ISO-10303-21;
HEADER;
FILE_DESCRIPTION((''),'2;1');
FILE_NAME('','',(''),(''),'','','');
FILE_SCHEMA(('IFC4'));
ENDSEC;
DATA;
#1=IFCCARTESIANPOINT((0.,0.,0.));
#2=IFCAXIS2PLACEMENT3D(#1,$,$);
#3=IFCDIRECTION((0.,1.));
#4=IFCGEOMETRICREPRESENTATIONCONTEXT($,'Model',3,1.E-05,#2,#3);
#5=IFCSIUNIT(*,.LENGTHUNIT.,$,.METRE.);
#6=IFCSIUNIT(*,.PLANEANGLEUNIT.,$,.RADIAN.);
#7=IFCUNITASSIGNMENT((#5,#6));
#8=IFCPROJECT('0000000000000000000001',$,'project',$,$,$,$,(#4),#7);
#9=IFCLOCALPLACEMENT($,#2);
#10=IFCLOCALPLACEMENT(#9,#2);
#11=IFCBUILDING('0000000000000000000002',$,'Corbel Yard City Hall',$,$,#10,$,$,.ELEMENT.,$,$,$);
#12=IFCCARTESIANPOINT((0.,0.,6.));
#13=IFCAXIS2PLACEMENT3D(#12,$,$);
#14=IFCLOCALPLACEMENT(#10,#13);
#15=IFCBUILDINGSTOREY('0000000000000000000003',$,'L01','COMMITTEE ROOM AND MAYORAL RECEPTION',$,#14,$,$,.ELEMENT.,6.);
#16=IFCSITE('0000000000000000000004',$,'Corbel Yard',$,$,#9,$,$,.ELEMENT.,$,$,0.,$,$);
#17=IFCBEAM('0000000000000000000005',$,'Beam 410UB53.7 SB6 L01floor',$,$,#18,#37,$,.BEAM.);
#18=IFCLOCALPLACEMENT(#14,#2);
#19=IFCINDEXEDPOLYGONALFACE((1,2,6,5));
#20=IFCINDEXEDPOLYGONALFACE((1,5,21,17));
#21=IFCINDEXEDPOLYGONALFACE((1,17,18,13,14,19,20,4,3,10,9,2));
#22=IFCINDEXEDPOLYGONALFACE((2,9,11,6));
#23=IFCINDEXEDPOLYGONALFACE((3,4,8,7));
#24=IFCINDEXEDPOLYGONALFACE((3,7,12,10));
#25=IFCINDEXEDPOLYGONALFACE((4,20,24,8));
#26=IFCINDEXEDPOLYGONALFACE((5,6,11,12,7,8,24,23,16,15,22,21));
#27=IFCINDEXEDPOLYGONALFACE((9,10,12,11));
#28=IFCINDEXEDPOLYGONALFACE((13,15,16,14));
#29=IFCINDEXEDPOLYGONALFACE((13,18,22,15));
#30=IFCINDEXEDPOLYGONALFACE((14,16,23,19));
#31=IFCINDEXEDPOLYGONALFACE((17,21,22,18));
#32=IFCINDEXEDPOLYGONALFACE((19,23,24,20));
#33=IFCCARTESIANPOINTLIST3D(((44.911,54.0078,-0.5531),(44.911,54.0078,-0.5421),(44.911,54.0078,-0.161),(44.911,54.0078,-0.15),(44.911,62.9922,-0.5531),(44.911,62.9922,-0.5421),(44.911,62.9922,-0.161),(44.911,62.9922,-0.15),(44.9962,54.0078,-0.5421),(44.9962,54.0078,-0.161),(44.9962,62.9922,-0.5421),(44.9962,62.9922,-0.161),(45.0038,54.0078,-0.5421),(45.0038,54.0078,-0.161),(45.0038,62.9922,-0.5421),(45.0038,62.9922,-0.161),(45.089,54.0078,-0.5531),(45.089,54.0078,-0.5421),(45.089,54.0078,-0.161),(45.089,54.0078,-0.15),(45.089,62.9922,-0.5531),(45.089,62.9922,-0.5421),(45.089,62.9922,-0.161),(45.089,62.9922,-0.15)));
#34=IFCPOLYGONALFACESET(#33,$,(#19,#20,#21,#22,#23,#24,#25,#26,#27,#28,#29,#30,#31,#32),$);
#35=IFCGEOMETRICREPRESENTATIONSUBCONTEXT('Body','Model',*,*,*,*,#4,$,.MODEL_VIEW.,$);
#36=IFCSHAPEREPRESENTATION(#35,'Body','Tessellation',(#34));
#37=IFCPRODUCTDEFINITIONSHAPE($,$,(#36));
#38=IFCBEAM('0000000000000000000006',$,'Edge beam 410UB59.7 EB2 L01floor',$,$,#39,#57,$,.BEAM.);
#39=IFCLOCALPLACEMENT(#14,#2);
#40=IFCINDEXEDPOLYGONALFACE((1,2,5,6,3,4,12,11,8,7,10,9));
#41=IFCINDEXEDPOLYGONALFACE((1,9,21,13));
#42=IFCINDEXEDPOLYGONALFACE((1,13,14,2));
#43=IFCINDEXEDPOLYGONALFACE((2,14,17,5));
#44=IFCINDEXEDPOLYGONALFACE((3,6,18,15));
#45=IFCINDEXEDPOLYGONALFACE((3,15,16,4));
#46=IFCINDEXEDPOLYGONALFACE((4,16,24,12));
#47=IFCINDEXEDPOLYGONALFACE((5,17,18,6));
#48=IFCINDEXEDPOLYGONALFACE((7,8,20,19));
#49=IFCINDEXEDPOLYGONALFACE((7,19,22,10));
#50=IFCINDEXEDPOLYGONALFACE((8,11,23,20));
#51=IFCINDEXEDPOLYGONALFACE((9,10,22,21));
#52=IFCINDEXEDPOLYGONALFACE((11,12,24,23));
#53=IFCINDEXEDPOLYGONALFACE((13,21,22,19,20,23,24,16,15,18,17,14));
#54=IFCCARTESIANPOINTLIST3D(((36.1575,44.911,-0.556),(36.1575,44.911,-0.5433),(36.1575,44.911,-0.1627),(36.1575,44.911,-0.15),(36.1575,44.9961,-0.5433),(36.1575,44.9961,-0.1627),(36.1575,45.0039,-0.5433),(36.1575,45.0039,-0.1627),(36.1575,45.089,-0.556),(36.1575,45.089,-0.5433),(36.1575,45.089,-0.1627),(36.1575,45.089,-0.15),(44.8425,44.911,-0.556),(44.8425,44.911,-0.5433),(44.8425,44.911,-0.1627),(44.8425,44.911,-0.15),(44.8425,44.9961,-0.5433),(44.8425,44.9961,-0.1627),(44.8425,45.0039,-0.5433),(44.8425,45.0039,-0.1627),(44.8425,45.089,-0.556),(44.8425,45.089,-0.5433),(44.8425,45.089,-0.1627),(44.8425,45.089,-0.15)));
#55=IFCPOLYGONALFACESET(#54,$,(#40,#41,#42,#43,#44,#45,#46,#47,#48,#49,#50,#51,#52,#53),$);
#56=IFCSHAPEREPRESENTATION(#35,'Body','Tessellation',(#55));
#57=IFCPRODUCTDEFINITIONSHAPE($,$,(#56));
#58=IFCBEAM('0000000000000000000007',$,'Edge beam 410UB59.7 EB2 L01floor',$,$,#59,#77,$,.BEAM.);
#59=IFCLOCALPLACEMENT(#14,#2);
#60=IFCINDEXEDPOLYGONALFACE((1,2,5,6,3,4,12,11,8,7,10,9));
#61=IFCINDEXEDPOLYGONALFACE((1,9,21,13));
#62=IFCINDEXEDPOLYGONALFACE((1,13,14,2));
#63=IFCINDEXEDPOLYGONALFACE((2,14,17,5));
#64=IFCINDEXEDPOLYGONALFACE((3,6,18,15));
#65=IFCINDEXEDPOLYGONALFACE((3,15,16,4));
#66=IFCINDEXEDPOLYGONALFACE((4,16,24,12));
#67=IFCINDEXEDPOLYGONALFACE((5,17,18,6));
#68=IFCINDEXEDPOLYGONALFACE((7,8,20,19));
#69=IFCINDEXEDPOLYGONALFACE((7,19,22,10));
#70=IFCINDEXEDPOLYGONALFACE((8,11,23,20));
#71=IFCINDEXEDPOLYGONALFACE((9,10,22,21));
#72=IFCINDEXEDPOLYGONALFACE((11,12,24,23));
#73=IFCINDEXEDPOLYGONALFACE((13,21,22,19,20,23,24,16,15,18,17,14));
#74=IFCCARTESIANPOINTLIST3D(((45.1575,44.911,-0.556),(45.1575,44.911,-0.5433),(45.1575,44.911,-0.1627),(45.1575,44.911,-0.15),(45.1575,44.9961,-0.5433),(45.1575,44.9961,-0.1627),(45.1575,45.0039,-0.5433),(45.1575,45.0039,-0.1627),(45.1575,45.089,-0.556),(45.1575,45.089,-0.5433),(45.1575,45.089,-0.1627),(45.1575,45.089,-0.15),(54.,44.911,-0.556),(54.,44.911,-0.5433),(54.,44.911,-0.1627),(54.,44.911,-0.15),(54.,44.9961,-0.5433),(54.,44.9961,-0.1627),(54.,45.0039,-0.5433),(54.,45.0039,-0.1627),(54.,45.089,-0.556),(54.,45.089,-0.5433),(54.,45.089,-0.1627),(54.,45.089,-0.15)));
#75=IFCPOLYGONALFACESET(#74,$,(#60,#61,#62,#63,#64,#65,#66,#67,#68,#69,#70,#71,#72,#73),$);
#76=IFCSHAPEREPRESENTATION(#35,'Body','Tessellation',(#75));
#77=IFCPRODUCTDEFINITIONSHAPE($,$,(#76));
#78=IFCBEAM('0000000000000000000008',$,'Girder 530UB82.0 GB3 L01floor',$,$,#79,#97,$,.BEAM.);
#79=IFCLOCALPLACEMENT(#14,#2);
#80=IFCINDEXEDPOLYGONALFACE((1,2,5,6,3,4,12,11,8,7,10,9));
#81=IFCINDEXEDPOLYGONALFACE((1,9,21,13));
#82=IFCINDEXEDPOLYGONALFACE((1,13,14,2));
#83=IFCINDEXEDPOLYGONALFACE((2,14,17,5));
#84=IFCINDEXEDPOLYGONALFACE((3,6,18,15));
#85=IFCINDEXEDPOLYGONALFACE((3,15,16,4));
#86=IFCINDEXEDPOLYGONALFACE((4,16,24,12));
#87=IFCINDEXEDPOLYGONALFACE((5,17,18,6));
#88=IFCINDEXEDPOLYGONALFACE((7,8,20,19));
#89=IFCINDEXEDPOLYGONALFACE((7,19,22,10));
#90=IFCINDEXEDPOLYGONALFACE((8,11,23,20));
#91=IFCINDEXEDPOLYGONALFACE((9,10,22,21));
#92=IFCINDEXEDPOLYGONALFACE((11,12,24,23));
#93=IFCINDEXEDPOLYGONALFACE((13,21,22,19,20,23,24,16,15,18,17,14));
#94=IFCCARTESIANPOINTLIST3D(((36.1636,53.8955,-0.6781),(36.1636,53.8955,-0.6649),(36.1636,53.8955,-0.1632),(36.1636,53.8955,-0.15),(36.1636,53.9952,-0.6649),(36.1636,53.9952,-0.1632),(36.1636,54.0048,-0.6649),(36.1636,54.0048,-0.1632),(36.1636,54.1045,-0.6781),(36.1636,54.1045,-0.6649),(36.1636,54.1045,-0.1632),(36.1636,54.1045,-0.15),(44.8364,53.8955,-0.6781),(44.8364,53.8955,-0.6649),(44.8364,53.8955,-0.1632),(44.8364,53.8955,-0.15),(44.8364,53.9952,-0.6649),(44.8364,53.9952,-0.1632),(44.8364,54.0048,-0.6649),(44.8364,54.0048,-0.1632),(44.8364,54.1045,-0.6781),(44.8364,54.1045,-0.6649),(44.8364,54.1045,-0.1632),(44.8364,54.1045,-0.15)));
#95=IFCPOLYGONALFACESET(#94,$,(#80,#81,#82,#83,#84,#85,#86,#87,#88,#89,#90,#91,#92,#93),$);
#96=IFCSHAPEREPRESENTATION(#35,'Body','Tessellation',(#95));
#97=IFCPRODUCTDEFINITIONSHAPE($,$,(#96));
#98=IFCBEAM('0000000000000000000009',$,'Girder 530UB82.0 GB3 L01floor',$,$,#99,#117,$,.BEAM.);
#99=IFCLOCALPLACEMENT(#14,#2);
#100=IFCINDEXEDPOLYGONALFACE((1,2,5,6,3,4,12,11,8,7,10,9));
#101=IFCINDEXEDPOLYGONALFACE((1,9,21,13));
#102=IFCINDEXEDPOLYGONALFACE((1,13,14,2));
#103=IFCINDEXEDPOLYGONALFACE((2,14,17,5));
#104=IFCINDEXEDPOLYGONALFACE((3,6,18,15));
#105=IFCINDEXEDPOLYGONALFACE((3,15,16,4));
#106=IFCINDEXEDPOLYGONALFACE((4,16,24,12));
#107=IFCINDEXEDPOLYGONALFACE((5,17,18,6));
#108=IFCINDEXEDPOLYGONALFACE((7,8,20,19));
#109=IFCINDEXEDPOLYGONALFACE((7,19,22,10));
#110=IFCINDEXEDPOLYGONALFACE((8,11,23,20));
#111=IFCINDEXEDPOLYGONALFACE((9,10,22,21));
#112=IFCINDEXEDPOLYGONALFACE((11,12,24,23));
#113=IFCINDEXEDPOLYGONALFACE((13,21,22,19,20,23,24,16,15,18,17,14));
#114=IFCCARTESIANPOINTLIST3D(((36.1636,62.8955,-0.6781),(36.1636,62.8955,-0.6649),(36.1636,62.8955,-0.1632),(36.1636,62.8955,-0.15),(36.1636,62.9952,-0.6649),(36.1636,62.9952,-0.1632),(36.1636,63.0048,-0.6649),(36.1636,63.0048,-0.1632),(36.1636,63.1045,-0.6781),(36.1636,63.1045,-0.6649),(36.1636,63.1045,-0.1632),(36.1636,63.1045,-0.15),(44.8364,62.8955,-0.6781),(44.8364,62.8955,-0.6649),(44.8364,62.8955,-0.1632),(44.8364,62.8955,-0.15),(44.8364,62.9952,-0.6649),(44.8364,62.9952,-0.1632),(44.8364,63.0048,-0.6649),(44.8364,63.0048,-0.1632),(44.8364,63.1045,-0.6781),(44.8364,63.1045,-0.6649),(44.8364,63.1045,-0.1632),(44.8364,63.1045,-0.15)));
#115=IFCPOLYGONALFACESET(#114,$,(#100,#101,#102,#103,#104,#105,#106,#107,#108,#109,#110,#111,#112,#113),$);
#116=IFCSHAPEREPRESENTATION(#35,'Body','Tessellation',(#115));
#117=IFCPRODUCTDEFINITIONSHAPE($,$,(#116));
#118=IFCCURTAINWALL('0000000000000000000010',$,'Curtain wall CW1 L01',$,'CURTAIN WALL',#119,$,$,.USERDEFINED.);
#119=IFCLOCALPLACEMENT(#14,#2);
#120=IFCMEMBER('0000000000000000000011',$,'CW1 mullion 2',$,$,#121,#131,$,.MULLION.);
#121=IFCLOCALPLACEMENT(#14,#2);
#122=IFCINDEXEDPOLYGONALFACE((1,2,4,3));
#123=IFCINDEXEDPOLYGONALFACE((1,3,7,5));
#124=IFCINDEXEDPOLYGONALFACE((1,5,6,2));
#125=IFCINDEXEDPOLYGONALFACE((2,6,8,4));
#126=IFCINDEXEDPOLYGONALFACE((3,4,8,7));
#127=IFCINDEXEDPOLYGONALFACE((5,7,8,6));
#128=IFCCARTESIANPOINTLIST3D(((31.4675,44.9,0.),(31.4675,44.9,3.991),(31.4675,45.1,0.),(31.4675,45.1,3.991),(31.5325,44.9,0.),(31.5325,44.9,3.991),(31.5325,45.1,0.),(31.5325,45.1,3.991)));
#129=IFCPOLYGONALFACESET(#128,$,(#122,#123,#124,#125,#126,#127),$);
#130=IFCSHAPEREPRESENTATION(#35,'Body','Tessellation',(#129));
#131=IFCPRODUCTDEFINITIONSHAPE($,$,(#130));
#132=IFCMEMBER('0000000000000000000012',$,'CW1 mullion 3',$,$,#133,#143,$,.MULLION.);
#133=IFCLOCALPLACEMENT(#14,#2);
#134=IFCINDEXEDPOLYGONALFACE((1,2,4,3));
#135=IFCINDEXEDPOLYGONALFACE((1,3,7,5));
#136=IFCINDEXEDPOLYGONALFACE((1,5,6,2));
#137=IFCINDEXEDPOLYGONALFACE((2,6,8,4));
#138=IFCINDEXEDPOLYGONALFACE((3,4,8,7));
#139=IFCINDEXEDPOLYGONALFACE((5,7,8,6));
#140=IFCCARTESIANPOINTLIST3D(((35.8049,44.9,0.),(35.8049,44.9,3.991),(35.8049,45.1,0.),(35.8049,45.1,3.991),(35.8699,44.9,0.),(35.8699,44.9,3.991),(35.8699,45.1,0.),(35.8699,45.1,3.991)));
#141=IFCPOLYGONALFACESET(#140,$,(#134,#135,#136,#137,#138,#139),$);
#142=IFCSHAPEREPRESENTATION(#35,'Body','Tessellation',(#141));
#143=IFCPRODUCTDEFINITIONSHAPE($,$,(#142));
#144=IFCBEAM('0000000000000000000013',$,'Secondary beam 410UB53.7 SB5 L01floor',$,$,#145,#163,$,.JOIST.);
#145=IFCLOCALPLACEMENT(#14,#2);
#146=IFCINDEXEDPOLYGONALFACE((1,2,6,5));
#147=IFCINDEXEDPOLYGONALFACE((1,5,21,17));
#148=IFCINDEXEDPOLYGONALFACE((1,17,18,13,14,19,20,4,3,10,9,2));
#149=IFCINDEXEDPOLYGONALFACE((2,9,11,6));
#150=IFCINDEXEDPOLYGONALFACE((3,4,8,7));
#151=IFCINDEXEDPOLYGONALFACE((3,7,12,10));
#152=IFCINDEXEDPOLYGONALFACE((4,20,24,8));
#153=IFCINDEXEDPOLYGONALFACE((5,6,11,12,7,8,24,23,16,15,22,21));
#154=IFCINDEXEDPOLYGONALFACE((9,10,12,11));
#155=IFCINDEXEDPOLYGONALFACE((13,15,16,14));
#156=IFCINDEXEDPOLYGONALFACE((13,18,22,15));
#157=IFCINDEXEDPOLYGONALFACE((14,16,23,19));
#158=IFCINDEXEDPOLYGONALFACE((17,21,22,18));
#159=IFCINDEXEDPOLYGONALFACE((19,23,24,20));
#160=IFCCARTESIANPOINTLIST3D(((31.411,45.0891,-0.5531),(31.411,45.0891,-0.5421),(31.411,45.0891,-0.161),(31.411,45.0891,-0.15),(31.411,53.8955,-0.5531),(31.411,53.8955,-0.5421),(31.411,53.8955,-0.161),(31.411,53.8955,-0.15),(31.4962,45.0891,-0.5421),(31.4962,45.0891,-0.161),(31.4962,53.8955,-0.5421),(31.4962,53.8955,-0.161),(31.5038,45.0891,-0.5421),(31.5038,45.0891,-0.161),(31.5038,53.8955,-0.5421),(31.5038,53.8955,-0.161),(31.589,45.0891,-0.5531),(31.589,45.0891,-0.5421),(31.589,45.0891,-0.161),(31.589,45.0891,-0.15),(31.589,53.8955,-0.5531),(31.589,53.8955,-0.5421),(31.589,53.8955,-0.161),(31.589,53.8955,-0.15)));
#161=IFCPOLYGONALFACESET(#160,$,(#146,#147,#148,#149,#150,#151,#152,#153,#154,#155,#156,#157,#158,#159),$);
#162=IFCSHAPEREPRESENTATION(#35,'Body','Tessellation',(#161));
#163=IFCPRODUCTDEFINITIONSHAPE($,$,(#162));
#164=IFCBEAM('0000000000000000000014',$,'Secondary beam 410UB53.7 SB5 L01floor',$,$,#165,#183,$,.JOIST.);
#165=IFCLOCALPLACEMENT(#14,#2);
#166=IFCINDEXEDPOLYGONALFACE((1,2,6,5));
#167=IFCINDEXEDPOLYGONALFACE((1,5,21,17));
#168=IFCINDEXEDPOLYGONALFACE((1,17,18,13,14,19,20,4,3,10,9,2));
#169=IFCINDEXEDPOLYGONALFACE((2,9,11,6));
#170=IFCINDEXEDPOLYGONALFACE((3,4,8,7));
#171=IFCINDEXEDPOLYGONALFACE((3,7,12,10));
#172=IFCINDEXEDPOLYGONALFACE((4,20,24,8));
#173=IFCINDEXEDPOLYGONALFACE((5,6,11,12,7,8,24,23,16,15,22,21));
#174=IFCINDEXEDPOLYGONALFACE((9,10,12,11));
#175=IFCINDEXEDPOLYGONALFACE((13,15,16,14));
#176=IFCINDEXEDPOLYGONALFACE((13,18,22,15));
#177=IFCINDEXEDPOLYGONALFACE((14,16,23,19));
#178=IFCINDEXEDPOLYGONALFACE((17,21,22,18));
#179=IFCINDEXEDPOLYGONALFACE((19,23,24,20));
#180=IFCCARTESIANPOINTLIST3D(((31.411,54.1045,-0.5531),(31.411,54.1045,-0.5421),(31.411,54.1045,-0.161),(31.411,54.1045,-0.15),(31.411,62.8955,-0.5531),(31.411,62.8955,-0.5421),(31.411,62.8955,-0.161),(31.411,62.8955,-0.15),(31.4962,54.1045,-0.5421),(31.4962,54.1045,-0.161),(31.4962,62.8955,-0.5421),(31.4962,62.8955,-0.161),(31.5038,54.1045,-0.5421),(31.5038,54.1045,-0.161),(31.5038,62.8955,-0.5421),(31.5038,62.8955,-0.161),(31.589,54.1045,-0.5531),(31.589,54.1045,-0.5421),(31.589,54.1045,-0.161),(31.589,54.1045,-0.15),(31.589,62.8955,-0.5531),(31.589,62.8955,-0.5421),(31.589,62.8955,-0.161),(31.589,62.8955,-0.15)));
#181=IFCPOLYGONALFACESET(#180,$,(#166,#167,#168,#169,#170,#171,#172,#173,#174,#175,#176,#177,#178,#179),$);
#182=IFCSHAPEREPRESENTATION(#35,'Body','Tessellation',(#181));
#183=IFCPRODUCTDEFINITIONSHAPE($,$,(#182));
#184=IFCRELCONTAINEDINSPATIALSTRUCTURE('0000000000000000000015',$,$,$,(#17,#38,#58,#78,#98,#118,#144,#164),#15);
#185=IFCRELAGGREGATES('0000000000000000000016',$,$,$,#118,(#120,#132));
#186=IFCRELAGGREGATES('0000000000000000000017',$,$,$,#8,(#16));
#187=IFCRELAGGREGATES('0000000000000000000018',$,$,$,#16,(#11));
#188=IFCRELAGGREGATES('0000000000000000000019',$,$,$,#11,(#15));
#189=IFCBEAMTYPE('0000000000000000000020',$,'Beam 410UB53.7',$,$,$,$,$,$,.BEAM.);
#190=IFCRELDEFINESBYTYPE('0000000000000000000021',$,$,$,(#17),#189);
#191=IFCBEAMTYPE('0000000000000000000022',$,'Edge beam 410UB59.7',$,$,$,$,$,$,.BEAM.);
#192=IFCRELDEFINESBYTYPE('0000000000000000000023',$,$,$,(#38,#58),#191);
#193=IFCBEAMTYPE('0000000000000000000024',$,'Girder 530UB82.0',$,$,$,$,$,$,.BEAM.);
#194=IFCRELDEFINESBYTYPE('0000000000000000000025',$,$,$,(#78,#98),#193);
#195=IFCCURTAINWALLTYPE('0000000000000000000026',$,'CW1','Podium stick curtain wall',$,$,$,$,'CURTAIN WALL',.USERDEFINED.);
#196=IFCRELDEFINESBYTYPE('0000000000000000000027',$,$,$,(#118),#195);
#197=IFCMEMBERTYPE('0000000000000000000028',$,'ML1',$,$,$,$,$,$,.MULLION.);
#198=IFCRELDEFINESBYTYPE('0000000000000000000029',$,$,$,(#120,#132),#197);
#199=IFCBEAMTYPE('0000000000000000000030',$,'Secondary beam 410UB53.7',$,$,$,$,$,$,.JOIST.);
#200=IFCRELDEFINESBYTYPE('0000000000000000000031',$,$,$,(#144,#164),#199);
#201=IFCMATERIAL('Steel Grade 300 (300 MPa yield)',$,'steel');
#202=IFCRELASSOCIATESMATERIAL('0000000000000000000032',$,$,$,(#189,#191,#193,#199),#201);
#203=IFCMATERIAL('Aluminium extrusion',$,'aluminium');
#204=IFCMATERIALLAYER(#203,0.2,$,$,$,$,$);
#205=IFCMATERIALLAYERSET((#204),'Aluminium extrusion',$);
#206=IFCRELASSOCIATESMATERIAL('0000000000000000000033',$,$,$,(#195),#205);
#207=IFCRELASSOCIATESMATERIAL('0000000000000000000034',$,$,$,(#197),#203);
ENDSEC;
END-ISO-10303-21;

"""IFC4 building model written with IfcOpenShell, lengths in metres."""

from ifc_helpers import new_model, si_unit, direction, frame, origin, origin_2d, place, context, subcontext, project, spatial, rectangle, i_section, extrude, material, layer, layer_set, material_profile, profile_set, type_object, element, aggregate, save


model = new_model("IFC4")

# Units and contexts
model_context = context("Model", 3, precision=1e-05, world=origin(), true_north=direction((0.0, 1.0)))
body_context = subcontext(model_context, "Body", "Model", "MODEL_VIEW")
ifc_project = project(units=[si_unit("LENGTHUNIT", "METRE"), si_unit("PLANEANGLEUNIT", "RADIAN")], contexts=[model_context])

# Site, building, storey
site_placement = place(None, origin())
site = spatial("IfcSite", under=ifc_project, at=site_placement, Name="Corbel Yard", CompositionType="ELEMENT", RefElevation=0.0)
building_placement = place(site_placement, origin())
building = spatial("IfcBuilding", under=site, at=building_placement, Name="Corbel Yard City Hall", CompositionType="ELEMENT")
storey_placement = place(building_placement, frame((0.0, 0.0, 6.0)))
storey = spatial("IfcBuildingStorey", under=building, at=storey_placement, Name="L01", Description="COMMITTEE ROOM AND MAYORAL RECEPTION", CompositionType="ELEMENT", Elevation=6.0)

# Shared definitions
ifc_material_1 = material(Name="Steel Grade 300 (300 MPa yield)", Category="steel")

# Beams
ifc_material_profile_1 = material_profile(ifc_material_1, i_section(OverallWidth=0.178, OverallDepth=0.4031, WebThickness=0.0076, FlangeThickness=0.011, at=origin_2d()), Name="410UB53.7")
ifc_profile_set_1 = profile_set([ifc_material_profile_1], Name="Steel Grade 300 (300 MPa yield)")
beam_type_1 = type_object("IfcBeamType", Name="Beam 410UB53.7", PredefinedType="BEAM", material=ifc_profile_set_1)
beam_1_placement = place(storey_placement, frame((45.0, 54.0078, -0.3516), z_axis=(0.0, 1.0, 0.0), x_axis=(-1.0, 0.0, 0.0)))
element("IfcBeam", 1, at=beam_1_placement, inside=storey, type_object=beam_type_1, Name="Beam 410UB53.7 SB6 L01floor", PredefinedType="BEAM", context=body_context, shape_type="SweptSolid", body=[
    extrude(i_section(OverallWidth=0.178, OverallDepth=0.4031, WebThickness=0.0076, FlangeThickness=0.011, at=origin_2d()), origin(), (0.0, 0.0, 1.0), 8.9844),
])
ifc_material_profile_2 = material_profile(ifc_material_1, i_section(OverallWidth=0.178, OverallDepth=0.406, WebThickness=0.0078, FlangeThickness=0.0127, at=origin_2d()), Name="410UB59.7")
ifc_profile_set_2 = profile_set([ifc_material_profile_2], Name="Steel Grade 300 (300 MPa yield)")
beam_type_2 = type_object("IfcBeamType", Name="Edge beam 410UB59.7", PredefinedType="BEAM", material=ifc_profile_set_2)
beam_2_placement = place(storey_placement, frame((36.1575, 45.0, -0.353), z_axis=(1.0, 0.0, 0.0), x_axis=(0.0, 1.0, 0.0)))
element("IfcBeam", 2, at=beam_2_placement, inside=storey, type_object=beam_type_2, Name="Edge beam 410UB59.7 EB2 L01floor", PredefinedType="BEAM", context=body_context, shape_type="SweptSolid", body=[
    extrude(i_section(OverallWidth=0.178, OverallDepth=0.406, WebThickness=0.0078, FlangeThickness=0.0127, at=origin_2d()), origin(), (0.0, 0.0, 1.0), 8.6851),
])
beam_3_placement = place(storey_placement, frame((45.1575, 45.0, -0.353), z_axis=(1.0, 0.0, 0.0), x_axis=(0.0, 1.0, 0.0)))
element("IfcBeam", 3, at=beam_3_placement, inside=storey, type_object=beam_type_2, Name="Edge beam 410UB59.7 EB2 L01floor", PredefinedType="BEAM", context=body_context, shape_type="SweptSolid", body=[
    extrude(i_section(OverallWidth=0.178, OverallDepth=0.406, WebThickness=0.0078, FlangeThickness=0.0127, at=origin_2d()), origin(), (0.0, 0.0, 1.0), 8.8425),
])
ifc_material_profile_3 = material_profile(ifc_material_1, i_section(OverallWidth=0.209, OverallDepth=0.5281, WebThickness=0.0095, FlangeThickness=0.0132, at=origin_2d()), Name="530UB82.0")
ifc_profile_set_3 = profile_set([ifc_material_profile_3], Name="Steel Grade 300 (300 MPa yield)")
beam_type_3 = type_object("IfcBeamType", Name="Girder 530UB82.0", PredefinedType="BEAM", material=ifc_profile_set_3)
for number, where, z_axis, x_axis, name in (
    (4, (36.1636, 54.0, -0.4141), (1.0, 0.0, 0.0), (0.0, 1.0, 0.0), "Girder 530UB82.0 GB3 L01floor"),
    (5, (36.1636, 63.0, -0.4141), (1.0, 0.0, 0.0), (0.0, 1.0, 0.0), "Girder 530UB82.0 GB3 L01floor"),
):
    element("IfcBeam", number, at=place(storey_placement, frame(where, z_axis=z_axis, x_axis=x_axis)), inside=storey, type_object=beam_type_3, Name=name, PredefinedType="BEAM", context=body_context, shape_type="SweptSolid", body=[
        extrude(i_section(OverallWidth=0.209, OverallDepth=0.5281, WebThickness=0.0095, FlangeThickness=0.0132, at=origin_2d()), origin(), (0.0, 0.0, 1.0), 8.6729),
    ])

# Curtain wall, members
ifc_material_2 = material(Name="Aluminium extrusion", Category="aluminium")
ifc_layer_1 = layer(ifc_material_2, 0.2)
ifc_layer_set_1 = layer_set([ifc_layer_1], Name="Aluminium extrusion")
curtain_wall_type = type_object("IfcCurtainWallType", Name="CW1", Description="Podium stick curtain wall", ElementType="CURTAIN WALL", PredefinedType="USERDEFINED", material=ifc_layer_set_1)
curtain_wall_placement = place(storey_placement, origin())
curtain_wall = element("IfcCurtainWall", 6, at=curtain_wall_placement, inside=storey, type_object=curtain_wall_type, Name="Curtain wall CW1 L01", ObjectType="CURTAIN WALL", PredefinedType="USERDEFINED")
ifc_material_profile_4 = material_profile(ifc_material_2, rectangle(XDim=0.2, YDim=0.0649, at=origin_2d()), Name="200x65")
ifc_profile_set_4 = profile_set([ifc_material_profile_4], Name="Aluminium extrusion")
member_type_1 = type_object("IfcMemberType", Name="ML1", PredefinedType="MULLION", material=ifc_profile_set_4)
member_1_placement = place(storey_placement, frame((31.5, 45.0, 0.0), z_axis=(0.0, 0.0, 1.0), x_axis=(0.0, 1.0, 0.0)))
member_1 = element("IfcMember", 7, at=member_1_placement, type_object=member_type_1, Name="CW1 mullion 2", PredefinedType="MULLION", context=body_context, shape_type="SweptSolid", body=[
    extrude(rectangle(XDim=0.2, YDim=0.0649, at=origin_2d()), origin(), (0.0, 0.0, 1.0), 3.991),
])
member_2_placement = place(storey_placement, frame((35.8374, 45.0, 0.0), z_axis=(0.0, 0.0, 1.0), x_axis=(0.0, 1.0, 0.0)))
member_2 = element("IfcMember", 8, at=member_2_placement, type_object=member_type_1, Name="CW1 mullion 3", PredefinedType="MULLION", context=body_context, shape_type="SweptSolid", body=[
    extrude(rectangle(XDim=0.2, YDim=0.0649, at=origin_2d()), origin(), (0.0, 0.0, 1.0), 3.991),
])

# Beams
ifc_material_profile_5 = material_profile(ifc_material_1, i_section(OverallWidth=0.178, OverallDepth=0.4031, WebThickness=0.0076, FlangeThickness=0.011, at=origin_2d()), Name="410UB53.7")
ifc_profile_set_5 = profile_set([ifc_material_profile_5], Name="Steel Grade 300 (300 MPa yield)")
beam_type_4 = type_object("IfcBeamType", Name="Secondary beam 410UB53.7", PredefinedType="JOIST", material=ifc_profile_set_5)
beam_4_placement = place(storey_placement, frame((31.5, 45.0891, -0.3516), z_axis=(0.0, 1.0, 0.0), x_axis=(-1.0, 0.0, 0.0)))
element("IfcBeam", 9, at=beam_4_placement, inside=storey, type_object=beam_type_4, Name="Secondary beam 410UB53.7 SB5 L01floor", PredefinedType="JOIST", context=body_context, shape_type="SweptSolid", body=[
    extrude(i_section(OverallWidth=0.178, OverallDepth=0.4031, WebThickness=0.0076, FlangeThickness=0.011, at=origin_2d()), origin(), (0.0, 0.0, 1.0), 8.8064),
])
beam_5_placement = place(storey_placement, frame((31.5, 54.1045, -0.3516), z_axis=(0.0, 1.0, 0.0), x_axis=(-1.0, 0.0, 0.0)))
element("IfcBeam", 10, at=beam_5_placement, inside=storey, type_object=beam_type_4, Name="Secondary beam 410UB53.7 SB5 L01floor", PredefinedType="JOIST", context=body_context, shape_type="SweptSolid", body=[
    extrude(i_section(OverallWidth=0.178, OverallDepth=0.4031, WebThickness=0.0076, FlangeThickness=0.011, at=origin_2d()), origin(), (0.0, 0.0, 1.0), 8.791),
])

aggregate(curtain_wall, [member_1, member_2])

save(model, "model.ifc")
